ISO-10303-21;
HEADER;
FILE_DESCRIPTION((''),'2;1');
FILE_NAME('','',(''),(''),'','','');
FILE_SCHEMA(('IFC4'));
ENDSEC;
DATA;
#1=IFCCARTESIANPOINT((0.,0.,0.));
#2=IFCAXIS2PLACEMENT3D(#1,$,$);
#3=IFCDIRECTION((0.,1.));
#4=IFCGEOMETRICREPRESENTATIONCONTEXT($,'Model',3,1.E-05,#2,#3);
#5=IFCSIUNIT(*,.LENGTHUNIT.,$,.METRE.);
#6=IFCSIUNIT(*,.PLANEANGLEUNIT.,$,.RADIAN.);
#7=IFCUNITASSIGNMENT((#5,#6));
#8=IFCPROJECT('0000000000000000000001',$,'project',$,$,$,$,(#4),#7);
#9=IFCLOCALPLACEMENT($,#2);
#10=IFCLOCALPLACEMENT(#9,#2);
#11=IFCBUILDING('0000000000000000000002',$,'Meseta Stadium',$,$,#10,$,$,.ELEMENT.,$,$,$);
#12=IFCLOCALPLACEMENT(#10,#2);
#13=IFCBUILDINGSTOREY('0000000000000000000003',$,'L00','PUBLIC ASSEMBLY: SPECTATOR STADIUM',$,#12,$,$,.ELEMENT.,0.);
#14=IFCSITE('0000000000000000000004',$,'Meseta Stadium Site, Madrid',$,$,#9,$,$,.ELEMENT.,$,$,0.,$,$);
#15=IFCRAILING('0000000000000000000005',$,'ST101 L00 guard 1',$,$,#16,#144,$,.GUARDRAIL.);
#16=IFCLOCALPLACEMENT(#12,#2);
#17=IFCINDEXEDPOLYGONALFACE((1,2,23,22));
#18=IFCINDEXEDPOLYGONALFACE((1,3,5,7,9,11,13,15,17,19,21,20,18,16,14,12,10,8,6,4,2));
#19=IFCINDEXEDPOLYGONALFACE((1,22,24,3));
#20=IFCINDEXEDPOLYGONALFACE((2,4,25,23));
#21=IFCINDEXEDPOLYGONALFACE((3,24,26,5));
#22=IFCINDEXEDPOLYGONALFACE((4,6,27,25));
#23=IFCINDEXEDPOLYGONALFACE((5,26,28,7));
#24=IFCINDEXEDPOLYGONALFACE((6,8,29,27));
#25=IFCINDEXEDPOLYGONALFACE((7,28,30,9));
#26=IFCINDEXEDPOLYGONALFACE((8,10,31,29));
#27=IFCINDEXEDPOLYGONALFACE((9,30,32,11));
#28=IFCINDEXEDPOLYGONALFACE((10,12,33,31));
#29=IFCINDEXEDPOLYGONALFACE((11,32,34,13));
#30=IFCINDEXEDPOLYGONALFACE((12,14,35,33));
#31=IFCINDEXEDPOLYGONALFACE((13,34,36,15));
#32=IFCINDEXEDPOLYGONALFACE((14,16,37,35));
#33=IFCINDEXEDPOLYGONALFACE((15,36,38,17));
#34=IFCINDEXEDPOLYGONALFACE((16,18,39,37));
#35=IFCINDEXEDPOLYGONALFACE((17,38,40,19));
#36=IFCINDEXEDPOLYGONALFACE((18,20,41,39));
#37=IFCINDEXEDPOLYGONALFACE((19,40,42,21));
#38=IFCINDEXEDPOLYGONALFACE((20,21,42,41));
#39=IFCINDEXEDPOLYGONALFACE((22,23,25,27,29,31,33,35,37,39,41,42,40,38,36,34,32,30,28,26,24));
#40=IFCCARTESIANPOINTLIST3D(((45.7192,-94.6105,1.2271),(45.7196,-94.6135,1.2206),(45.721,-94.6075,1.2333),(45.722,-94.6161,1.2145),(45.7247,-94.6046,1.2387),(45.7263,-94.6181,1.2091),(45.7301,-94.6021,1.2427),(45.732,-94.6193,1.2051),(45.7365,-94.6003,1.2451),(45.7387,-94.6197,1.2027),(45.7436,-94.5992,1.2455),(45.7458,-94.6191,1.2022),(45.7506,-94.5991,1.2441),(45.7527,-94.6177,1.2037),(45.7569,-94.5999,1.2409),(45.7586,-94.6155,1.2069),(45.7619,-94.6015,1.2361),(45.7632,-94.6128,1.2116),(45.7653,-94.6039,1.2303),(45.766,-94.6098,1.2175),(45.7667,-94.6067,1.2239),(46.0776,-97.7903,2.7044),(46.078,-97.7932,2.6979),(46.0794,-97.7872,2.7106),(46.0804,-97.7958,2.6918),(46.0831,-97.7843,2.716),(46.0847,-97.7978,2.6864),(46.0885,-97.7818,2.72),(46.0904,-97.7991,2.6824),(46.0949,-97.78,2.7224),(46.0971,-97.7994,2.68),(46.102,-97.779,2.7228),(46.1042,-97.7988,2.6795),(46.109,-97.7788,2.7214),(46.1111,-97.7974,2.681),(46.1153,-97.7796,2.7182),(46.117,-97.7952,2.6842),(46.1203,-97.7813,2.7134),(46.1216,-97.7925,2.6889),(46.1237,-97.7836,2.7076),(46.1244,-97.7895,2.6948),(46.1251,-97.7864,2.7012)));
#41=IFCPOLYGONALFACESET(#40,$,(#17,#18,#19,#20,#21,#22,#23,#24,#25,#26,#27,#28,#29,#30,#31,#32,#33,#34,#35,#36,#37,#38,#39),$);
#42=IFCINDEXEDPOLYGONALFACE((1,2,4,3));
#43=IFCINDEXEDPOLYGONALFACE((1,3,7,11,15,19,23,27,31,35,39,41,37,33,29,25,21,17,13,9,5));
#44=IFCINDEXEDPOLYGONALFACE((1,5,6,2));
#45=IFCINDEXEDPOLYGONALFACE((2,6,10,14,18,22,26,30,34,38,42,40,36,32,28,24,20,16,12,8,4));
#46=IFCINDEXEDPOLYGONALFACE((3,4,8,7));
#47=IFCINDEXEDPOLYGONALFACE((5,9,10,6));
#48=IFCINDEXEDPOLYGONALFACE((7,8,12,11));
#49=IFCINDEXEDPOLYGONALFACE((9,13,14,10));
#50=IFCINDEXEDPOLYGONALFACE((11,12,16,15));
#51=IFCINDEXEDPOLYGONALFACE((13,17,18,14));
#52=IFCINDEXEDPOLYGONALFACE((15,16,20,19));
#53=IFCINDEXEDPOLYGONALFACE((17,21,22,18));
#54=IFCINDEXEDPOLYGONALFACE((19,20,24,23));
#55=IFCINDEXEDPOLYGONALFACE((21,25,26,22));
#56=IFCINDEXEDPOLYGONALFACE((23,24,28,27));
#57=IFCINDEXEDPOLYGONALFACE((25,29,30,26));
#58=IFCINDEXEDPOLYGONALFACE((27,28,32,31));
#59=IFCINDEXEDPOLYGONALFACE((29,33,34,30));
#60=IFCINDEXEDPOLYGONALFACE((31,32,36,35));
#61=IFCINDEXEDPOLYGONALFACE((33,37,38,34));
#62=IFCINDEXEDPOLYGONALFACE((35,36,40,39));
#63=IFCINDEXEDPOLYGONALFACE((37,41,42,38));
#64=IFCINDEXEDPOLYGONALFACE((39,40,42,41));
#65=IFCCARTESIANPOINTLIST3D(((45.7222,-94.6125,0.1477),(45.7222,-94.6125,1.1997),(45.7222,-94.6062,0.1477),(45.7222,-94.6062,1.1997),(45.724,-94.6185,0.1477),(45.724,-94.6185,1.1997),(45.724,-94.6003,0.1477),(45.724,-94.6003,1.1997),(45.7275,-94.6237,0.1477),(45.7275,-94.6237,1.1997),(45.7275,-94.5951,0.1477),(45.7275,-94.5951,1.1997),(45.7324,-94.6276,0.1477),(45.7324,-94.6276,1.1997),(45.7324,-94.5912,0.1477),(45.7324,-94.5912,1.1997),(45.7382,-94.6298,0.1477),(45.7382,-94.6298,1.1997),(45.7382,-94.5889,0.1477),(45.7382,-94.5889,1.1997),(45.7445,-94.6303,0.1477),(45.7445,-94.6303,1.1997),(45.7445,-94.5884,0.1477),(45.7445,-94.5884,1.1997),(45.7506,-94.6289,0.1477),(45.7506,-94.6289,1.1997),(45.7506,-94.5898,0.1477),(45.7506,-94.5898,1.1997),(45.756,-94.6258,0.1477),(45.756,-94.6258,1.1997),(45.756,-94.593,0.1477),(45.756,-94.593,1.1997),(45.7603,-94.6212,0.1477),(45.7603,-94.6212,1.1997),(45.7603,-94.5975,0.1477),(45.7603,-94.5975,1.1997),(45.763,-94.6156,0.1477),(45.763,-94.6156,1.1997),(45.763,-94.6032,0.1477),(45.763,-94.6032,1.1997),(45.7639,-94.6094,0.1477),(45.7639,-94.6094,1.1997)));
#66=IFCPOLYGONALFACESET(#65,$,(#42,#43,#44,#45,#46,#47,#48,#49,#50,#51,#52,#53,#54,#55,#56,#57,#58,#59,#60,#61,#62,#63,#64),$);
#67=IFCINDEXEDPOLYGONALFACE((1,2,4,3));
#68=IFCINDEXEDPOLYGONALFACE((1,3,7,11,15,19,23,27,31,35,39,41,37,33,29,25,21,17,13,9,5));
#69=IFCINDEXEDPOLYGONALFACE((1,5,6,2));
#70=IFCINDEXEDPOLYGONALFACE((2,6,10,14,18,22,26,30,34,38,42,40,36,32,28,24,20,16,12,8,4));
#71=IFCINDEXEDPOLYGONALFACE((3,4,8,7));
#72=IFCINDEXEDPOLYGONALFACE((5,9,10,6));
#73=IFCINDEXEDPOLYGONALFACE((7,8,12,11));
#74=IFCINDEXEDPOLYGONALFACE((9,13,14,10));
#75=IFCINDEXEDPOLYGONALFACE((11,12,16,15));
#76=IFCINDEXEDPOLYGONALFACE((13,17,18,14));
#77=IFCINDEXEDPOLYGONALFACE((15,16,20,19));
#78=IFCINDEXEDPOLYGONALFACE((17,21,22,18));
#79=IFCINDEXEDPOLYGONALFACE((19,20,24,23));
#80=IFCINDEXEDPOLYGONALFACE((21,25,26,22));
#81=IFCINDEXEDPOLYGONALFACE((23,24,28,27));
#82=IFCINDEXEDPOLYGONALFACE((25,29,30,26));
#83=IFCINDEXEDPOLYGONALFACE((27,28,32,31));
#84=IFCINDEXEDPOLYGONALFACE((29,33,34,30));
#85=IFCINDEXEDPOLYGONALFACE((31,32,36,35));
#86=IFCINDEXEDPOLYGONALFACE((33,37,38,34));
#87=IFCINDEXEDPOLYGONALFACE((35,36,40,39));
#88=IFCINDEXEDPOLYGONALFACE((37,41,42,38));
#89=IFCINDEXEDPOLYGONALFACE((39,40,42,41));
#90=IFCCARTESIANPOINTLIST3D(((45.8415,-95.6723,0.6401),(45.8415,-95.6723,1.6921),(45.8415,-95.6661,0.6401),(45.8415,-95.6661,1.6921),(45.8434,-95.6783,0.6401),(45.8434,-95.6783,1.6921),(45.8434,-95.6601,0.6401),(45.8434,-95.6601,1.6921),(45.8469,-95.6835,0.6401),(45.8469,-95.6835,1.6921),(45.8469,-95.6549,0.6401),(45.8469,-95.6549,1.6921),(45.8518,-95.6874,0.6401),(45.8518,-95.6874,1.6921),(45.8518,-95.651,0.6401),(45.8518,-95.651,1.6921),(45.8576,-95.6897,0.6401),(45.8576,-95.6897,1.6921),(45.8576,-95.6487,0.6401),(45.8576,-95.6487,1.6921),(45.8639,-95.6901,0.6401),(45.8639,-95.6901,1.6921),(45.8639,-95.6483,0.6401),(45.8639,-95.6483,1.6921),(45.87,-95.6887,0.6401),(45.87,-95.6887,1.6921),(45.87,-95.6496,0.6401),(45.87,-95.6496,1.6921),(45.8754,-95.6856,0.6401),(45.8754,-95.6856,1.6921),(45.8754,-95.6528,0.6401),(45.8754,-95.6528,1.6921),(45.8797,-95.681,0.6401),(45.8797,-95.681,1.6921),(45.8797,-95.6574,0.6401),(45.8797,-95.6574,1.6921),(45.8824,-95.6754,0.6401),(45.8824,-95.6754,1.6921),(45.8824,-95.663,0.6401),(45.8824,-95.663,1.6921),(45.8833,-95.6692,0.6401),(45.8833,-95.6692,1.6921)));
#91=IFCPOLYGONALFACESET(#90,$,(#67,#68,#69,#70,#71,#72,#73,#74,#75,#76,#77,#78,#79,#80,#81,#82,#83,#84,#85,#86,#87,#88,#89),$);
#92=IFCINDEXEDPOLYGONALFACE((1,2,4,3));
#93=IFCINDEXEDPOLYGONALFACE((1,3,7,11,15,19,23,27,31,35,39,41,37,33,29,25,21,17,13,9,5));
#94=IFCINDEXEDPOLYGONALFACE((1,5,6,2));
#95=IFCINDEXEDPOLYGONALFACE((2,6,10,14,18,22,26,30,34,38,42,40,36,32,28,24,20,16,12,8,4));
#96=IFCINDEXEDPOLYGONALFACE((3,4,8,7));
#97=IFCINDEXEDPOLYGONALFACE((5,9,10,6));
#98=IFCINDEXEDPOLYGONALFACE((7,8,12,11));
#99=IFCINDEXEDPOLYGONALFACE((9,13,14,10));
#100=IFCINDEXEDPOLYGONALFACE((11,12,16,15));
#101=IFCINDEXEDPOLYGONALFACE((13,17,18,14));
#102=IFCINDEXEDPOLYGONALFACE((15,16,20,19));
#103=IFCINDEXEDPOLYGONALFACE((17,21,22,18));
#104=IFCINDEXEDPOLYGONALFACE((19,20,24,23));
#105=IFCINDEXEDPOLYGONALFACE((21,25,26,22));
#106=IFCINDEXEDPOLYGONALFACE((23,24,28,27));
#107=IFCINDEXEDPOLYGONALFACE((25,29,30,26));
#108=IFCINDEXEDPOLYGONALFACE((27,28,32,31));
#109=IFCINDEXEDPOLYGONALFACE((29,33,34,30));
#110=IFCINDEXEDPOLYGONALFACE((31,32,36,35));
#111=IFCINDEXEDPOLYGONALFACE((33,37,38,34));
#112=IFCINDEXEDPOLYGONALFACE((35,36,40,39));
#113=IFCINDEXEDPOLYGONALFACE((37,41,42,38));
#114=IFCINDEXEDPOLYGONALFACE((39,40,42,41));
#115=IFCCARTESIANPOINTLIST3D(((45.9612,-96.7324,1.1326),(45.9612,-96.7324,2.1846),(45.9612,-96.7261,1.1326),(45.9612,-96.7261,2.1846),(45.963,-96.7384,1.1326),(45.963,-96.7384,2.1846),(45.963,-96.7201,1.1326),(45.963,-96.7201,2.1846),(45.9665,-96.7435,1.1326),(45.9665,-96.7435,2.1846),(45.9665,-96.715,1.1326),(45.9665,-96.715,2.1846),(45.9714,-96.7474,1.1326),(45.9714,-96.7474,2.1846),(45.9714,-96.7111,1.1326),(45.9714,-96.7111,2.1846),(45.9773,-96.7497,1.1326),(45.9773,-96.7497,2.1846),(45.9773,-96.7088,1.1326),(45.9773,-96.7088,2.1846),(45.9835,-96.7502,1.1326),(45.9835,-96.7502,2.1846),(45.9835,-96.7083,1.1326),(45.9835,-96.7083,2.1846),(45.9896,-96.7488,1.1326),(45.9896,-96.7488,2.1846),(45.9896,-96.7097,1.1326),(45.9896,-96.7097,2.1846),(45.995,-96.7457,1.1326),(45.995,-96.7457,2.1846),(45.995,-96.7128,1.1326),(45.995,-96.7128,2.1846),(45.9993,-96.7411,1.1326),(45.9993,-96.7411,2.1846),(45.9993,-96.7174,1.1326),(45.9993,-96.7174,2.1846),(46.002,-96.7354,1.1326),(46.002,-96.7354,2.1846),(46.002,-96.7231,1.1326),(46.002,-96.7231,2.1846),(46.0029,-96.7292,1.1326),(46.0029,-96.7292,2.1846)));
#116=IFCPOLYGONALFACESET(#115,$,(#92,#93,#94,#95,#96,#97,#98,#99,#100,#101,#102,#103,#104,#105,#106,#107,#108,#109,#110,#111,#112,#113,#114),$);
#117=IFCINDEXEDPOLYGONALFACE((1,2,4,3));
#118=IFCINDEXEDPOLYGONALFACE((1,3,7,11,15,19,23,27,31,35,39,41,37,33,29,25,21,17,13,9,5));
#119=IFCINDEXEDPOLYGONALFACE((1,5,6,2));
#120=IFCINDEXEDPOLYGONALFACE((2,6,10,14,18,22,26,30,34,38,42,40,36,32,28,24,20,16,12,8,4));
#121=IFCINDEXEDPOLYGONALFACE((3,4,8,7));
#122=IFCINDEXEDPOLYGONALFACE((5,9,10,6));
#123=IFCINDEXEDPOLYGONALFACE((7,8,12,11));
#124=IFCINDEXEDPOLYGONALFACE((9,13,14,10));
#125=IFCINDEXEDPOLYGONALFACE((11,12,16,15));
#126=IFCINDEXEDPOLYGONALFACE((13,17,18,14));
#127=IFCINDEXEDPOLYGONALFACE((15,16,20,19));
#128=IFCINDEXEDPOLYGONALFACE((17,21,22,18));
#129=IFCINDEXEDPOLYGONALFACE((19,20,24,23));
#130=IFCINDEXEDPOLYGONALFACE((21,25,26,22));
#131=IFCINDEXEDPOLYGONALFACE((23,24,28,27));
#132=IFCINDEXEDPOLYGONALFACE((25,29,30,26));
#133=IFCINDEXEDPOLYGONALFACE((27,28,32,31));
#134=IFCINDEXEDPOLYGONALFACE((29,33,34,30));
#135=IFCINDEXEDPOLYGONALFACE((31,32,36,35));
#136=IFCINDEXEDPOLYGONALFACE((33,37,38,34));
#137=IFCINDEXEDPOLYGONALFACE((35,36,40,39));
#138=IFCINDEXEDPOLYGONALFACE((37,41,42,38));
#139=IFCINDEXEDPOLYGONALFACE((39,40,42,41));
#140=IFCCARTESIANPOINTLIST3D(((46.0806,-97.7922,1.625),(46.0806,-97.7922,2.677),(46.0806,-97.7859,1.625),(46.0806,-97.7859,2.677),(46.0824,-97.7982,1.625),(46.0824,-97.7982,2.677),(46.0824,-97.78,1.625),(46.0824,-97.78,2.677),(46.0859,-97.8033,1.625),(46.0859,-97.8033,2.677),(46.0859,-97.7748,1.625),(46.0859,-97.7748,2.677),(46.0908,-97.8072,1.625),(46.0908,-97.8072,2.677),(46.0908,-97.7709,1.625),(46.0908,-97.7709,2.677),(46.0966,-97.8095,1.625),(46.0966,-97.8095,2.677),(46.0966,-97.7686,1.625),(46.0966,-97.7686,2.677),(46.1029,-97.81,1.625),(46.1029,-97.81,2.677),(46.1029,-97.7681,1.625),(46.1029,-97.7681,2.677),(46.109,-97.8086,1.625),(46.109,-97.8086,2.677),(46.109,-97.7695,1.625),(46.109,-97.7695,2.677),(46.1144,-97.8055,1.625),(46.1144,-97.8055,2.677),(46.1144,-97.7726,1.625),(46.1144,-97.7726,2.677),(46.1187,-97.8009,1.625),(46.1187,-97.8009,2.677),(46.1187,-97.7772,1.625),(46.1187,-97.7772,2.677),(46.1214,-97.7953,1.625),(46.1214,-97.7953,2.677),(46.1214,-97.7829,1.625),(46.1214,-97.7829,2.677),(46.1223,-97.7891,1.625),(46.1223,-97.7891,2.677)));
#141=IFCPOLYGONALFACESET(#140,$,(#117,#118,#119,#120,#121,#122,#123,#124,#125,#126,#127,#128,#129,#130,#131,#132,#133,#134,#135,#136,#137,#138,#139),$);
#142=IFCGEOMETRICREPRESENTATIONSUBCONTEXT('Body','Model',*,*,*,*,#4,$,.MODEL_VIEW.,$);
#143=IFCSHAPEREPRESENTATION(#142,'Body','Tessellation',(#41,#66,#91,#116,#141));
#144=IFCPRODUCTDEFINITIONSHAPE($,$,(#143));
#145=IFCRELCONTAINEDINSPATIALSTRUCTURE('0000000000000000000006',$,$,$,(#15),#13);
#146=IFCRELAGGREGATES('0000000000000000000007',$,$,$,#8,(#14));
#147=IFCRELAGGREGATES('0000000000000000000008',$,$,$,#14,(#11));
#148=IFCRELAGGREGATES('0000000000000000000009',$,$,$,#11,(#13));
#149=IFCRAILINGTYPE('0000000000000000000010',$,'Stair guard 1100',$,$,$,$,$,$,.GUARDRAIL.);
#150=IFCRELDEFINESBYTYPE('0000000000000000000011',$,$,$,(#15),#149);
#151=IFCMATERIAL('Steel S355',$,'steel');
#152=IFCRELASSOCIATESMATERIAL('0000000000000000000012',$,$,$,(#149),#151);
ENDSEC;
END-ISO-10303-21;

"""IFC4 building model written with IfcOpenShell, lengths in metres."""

from ifc_helpers import new_model, si_unit, direction, frame, origin, origin_2d, place, context, subcontext, project, spatial, circle, extrude, material, type_object, element, save


model = new_model("IFC4")

# Units and contexts
model_context = context("Model", 3, precision=1e-05, world=origin(), true_north=direction((0.0, 1.0)))
body_context = subcontext(model_context, "Body", "Model", "MODEL_VIEW")
ifc_project = project(units=[si_unit("LENGTHUNIT", "METRE"), si_unit("PLANEANGLEUNIT", "RADIAN")], contexts=[model_context])

# Site, building, storey
site_placement = place(None, origin())
site = spatial("IfcSite", under=ifc_project, at=site_placement, Name="Meseta Stadium Site, Madrid", CompositionType="ELEMENT", RefElevation=0.0)
building_placement = place(site_placement, origin())
building = spatial("IfcBuilding", under=site, at=building_placement, Name="Meseta Stadium", CompositionType="ELEMENT")
storey_placement = place(building_placement, origin())
storey = spatial("IfcBuildingStorey", under=building, at=storey_placement, Name="L00", Description="PUBLIC ASSEMBLY: SPECTATOR STADIUM", CompositionType="ELEMENT", Elevation=0.0)

# Railing
ifc_material_1 = material(Name="Steel S355", Category="steel")
railing_type_1 = type_object("IfcRailingType", Name="Stair guard 1100", PredefinedType="GUARDRAIL", material=ifc_material_1)
railing_1_placement = place(storey_placement, frame((45.7429, -94.6094, 0.1477)))
element("IfcRailing", 1, at=railing_1_placement, inside=storey, type_object=railing_type_1, Name="ST101 L00 guard 1", PredefinedType="GUARDRAIL", context=body_context, shape_type="SweptSolid", body=[
    extrude(circle(Radius=0.0239, at=origin_2d()), frame((0.0, 0.0, 1.0762), z_axis=(0.101691, -0.902197, 0.419164), x_axis=(0.993708, 0.112006, 0.0)), (0.0, 0.0, 1.0), 3.5244),
    extrude(circle(Radius=0.021, at=origin_2d()), origin(), (0.0, 0.0, 1.0), 1.052),
    extrude(circle(Radius=0.021, at=origin_2d()), frame((0.1194, -1.0598, 0.4924)), (0.0, 0.0, 1.0), 1.052),
    extrude(circle(Radius=0.021, at=origin_2d()), frame((0.239, -2.1199, 0.9849)), (0.0, 0.0, 1.0), 1.052),
    extrude(circle(Radius=0.021, at=origin_2d()), frame((0.3584, -3.1797, 1.4773)), (0.0, 0.0, 1.0), 1.052),
])

save(model, "model.ifc")
